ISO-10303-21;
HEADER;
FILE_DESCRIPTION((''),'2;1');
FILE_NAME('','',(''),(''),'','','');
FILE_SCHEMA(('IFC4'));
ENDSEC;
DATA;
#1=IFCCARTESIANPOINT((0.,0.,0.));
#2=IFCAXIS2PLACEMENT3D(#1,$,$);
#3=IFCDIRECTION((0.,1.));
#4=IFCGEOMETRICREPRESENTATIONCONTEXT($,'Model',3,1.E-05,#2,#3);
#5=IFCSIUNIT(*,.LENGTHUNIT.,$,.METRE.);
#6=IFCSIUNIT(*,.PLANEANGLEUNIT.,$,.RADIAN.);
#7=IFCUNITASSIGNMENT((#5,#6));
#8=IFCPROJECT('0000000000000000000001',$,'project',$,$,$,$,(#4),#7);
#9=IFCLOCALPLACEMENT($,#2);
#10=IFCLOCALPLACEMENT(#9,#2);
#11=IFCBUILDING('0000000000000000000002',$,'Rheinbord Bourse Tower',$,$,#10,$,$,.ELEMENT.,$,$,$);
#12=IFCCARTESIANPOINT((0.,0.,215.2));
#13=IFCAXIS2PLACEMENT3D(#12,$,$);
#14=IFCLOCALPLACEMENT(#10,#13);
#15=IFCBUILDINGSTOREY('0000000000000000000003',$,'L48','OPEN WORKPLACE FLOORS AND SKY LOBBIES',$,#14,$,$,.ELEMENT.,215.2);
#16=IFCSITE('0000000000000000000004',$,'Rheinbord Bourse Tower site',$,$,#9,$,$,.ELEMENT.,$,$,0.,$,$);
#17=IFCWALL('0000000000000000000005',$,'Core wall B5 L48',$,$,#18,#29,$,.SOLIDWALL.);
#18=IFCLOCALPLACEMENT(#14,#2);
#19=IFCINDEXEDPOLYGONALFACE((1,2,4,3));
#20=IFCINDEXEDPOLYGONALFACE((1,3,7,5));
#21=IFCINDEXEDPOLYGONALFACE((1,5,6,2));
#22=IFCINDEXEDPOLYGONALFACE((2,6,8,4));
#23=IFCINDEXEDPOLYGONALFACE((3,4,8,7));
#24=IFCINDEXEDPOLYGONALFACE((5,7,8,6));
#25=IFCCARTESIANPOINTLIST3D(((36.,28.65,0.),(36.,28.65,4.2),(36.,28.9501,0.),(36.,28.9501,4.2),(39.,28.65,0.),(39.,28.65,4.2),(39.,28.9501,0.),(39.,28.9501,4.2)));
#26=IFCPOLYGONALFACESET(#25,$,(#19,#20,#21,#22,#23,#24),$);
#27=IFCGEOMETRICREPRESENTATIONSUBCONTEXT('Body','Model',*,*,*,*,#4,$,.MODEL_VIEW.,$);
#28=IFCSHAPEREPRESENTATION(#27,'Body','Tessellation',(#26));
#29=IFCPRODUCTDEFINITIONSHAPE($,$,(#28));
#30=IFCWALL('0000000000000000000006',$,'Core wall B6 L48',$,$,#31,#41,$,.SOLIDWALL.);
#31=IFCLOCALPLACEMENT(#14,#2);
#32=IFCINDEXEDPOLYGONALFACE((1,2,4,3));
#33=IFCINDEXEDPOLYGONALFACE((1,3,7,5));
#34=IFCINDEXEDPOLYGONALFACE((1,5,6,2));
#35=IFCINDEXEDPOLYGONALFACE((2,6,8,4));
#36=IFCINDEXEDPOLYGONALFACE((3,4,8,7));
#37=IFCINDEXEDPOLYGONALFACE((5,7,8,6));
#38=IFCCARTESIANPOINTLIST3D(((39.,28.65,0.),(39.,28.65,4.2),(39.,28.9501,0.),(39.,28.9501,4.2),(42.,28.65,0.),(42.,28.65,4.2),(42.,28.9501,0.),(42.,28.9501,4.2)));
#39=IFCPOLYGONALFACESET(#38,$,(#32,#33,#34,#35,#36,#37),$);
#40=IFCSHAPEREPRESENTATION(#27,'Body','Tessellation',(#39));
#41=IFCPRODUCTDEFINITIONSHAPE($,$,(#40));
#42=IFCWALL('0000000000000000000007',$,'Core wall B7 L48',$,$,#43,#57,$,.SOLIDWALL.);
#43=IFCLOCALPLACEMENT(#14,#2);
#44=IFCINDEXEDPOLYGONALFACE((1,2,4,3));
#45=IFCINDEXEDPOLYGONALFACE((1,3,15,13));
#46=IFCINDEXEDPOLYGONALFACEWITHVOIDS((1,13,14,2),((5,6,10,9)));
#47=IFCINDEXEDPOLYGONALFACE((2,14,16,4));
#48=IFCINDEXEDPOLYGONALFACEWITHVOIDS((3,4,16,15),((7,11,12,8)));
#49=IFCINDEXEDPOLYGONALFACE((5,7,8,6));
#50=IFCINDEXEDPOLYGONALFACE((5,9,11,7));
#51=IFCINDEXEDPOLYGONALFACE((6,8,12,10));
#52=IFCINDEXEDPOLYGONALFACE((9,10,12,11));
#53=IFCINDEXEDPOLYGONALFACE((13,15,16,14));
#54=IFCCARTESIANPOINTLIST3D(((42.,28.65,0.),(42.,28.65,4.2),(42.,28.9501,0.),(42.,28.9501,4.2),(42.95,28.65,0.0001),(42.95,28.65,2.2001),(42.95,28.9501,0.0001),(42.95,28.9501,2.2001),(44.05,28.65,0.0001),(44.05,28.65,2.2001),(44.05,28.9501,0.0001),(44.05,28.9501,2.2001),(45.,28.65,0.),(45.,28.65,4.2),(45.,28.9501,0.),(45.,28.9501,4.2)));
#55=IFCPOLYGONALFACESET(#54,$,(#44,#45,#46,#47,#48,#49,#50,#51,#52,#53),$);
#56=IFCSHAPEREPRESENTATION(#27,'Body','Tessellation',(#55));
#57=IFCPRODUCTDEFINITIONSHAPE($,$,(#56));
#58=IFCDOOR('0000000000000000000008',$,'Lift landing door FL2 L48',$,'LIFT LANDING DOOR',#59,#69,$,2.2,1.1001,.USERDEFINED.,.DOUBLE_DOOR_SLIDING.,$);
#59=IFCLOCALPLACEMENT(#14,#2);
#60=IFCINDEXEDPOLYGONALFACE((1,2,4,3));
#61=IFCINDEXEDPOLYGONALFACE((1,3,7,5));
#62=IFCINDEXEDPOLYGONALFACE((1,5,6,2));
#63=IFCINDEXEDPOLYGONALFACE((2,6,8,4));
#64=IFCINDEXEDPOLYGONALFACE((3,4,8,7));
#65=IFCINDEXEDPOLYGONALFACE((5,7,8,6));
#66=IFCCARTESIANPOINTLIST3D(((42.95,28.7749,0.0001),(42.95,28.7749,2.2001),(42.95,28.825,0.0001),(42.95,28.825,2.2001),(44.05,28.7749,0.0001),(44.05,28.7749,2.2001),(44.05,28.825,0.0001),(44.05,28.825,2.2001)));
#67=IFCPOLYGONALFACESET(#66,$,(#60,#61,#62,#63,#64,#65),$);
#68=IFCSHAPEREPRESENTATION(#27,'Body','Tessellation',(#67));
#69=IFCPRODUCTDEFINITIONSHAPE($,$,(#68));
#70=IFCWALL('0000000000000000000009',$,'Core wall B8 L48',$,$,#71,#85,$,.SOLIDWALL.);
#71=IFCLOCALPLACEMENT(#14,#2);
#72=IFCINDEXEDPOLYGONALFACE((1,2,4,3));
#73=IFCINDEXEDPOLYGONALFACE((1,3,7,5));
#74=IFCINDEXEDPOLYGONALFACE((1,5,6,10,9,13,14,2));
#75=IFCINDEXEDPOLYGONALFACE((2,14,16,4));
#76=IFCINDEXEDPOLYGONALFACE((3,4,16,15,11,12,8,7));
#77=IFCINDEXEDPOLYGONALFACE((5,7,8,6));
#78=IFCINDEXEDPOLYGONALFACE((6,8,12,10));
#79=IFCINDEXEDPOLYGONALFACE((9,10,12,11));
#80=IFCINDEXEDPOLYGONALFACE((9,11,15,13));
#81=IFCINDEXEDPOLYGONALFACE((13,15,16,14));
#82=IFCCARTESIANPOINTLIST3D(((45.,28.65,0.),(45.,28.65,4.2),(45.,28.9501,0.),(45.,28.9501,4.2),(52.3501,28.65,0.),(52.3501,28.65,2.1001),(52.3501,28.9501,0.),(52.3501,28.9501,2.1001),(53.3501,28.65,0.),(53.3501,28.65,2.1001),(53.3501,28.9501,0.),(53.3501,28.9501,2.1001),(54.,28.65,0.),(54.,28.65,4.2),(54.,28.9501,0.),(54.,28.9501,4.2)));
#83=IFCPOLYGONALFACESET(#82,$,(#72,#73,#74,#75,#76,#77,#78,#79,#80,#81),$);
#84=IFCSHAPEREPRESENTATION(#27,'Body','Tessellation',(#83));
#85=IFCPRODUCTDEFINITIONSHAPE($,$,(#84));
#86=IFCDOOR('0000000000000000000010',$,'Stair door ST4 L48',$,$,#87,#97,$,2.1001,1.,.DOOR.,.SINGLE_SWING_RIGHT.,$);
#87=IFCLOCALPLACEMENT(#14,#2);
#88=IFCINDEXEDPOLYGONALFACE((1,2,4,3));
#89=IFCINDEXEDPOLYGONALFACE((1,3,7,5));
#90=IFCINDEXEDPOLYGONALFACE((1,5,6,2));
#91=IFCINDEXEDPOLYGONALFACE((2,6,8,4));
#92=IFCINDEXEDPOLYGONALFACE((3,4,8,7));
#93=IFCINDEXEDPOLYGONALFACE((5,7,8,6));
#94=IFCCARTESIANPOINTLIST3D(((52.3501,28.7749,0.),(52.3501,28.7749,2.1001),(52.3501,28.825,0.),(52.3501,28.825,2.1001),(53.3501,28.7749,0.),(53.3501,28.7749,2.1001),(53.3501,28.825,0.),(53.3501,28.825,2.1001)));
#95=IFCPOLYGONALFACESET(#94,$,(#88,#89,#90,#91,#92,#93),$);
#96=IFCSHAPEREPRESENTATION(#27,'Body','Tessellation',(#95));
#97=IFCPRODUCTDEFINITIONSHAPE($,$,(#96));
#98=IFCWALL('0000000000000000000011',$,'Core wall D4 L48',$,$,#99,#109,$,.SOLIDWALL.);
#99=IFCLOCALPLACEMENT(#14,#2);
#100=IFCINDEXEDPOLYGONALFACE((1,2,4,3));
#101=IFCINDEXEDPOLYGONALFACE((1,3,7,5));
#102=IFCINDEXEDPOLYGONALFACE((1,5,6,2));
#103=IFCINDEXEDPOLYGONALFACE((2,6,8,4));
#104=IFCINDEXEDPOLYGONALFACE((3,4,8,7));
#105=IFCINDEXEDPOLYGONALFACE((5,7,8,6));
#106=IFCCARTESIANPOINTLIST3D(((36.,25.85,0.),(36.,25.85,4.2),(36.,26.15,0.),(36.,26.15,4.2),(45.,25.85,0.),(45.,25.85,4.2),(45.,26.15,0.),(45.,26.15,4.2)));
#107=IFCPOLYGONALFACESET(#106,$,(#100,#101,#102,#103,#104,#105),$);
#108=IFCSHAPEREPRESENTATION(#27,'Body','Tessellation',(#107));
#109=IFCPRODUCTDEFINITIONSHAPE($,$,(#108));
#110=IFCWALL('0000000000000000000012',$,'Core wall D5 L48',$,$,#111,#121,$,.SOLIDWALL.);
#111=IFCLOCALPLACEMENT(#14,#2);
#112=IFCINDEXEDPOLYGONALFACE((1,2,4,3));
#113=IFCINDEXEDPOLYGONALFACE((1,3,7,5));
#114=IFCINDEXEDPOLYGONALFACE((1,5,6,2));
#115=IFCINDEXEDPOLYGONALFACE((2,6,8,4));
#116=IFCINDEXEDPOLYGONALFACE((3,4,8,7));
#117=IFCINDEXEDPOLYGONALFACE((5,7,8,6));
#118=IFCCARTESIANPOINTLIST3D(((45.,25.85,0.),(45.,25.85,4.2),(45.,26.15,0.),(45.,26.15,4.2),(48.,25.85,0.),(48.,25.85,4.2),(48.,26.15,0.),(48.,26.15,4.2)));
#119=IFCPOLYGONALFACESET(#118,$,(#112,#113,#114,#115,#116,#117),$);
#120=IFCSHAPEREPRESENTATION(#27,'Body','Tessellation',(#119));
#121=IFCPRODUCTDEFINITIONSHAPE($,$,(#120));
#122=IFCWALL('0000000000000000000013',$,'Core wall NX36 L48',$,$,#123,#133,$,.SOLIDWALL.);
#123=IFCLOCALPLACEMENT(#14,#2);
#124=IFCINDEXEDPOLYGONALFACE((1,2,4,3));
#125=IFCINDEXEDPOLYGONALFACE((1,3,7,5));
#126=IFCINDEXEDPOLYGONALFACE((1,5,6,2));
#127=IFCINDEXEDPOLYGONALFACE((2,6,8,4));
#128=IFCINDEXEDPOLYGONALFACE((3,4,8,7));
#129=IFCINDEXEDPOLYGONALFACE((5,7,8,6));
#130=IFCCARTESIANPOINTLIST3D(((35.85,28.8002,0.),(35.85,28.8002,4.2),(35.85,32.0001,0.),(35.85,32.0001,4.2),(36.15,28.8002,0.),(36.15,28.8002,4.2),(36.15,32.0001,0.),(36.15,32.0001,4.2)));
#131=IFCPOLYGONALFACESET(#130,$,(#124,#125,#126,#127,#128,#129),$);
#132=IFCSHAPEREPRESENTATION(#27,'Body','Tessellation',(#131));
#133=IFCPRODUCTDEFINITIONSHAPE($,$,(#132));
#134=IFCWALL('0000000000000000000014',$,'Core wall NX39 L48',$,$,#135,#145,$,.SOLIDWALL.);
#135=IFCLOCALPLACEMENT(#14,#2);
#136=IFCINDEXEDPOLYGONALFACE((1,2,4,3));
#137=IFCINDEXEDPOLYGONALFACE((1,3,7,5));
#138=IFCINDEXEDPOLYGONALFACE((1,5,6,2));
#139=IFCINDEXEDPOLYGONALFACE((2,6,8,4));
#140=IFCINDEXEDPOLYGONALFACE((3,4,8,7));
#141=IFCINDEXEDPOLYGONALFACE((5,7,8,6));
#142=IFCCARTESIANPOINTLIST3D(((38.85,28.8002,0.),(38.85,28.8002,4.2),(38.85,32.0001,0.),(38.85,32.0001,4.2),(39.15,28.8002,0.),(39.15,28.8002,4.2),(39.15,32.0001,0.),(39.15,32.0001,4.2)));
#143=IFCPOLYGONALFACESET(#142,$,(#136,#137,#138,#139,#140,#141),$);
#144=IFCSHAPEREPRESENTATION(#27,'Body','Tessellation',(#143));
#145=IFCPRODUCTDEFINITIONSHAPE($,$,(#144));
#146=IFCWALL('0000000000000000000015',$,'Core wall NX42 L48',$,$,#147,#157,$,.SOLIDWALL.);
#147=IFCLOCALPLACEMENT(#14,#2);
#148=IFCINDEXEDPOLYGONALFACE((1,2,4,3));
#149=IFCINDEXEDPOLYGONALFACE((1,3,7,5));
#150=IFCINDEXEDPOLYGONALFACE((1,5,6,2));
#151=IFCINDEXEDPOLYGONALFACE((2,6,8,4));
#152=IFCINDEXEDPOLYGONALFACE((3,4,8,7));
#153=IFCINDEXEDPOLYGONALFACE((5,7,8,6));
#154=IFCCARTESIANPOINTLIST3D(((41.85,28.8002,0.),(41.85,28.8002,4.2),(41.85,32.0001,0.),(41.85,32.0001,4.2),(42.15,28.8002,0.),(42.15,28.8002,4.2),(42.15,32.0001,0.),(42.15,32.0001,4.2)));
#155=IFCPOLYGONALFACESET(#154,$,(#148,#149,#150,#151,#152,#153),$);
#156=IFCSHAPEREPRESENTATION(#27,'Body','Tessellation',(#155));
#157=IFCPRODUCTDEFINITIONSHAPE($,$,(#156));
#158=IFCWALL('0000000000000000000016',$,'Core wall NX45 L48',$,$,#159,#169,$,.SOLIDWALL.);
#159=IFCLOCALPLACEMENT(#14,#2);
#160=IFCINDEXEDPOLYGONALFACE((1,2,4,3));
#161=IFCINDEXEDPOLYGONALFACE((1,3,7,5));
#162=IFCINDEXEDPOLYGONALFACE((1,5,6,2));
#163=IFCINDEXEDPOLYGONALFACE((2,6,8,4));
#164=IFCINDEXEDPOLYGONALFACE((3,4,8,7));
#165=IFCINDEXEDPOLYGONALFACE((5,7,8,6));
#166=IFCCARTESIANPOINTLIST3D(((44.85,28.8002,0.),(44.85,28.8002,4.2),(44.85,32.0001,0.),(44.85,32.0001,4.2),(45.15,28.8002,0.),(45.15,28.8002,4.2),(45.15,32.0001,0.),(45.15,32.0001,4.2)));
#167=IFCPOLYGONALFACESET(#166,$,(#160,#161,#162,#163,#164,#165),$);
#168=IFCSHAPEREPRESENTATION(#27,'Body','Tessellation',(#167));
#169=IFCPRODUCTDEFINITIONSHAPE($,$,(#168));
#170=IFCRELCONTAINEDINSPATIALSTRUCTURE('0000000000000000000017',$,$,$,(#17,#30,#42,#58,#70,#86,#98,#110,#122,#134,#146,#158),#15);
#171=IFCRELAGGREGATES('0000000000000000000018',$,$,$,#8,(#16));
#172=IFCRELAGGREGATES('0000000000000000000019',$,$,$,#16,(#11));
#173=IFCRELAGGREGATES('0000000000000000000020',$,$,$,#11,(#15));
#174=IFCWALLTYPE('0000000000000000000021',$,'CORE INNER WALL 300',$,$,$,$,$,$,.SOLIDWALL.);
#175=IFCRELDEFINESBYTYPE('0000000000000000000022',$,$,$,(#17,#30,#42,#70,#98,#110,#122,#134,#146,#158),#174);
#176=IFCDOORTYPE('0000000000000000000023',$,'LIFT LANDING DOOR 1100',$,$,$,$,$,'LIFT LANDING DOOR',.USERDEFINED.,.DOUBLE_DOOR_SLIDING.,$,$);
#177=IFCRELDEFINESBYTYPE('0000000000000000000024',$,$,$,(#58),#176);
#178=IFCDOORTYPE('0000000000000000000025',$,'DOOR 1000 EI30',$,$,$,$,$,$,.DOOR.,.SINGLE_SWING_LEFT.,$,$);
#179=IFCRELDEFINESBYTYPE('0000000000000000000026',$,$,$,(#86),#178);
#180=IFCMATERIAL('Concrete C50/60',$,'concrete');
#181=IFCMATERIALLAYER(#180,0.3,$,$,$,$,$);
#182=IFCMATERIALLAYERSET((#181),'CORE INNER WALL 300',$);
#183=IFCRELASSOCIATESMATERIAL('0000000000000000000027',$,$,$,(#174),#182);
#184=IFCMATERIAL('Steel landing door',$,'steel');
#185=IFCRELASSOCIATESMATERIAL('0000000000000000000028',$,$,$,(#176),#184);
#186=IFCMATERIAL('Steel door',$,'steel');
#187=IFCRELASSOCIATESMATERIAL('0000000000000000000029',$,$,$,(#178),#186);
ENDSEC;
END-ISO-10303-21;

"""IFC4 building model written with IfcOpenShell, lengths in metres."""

from ifc_helpers import new_model, si_unit, direction, frame, frame_2d, origin, place, context, subcontext, project, spatial, rectangle, extrude, material, layer, layer_set, type_object, element, fill, save


model = new_model("IFC4")

# Units and contexts
model_context = context("Model", 3, precision=1e-05, world=origin(), true_north=direction((0.0, 1.0)))
body_context = subcontext(model_context, "Body", "Model", "MODEL_VIEW")
ifc_project = project(units=[si_unit("LENGTHUNIT", "METRE"), si_unit("PLANEANGLEUNIT", "RADIAN")], contexts=[model_context])

# Site, building, storey
site_placement = place(None, origin())
site = spatial("IfcSite", under=ifc_project, at=site_placement, Name="Rheinbord Bourse Tower site", CompositionType="ELEMENT", RefElevation=0.0)
building_placement = place(site_placement, origin())
building = spatial("IfcBuilding", under=site, at=building_placement, Name="Rheinbord Bourse Tower", CompositionType="ELEMENT")
storey_placement = place(building_placement, frame((0.0, 0.0, 215.2)))
storey = spatial("IfcBuildingStorey", under=building, at=storey_placement, Name="L48", Description="OPEN WORKPLACE FLOORS AND SKY LOBBIES", CompositionType="ELEMENT", Elevation=215.2)

# Walls
ifc_material_1 = material(Name="Concrete C50/60", Category="concrete")
ifc_layer_1 = layer(ifc_material_1, 0.3)
ifc_layer_set_1 = layer_set([ifc_layer_1], Name="CORE INNER WALL 300")
wall_type_1 = type_object("IfcWallType", Name="CORE INNER WALL 300", PredefinedType="SOLIDWALL", material=ifc_layer_set_1)
for number, where, z_axis, x_axis, name in (
    (1, (36.0, 28.8, 0.0), (0.0, 0.0, 1.0), (1.0, 0.0, 0.0), "Core wall B5 L48"),
    (2, (39.0, 28.8, 0.0), (0.0, 0.0, 1.0), (1.0, 0.0, 0.0), "Core wall B6 L48"),
):
    element("IfcWall", number, at=place(storey_placement, frame(where, z_axis=z_axis, x_axis=x_axis)), inside=storey, type_object=wall_type_1, Name=name, PredefinedType="SOLIDWALL", context=body_context, shape_type="SweptSolid", body=[
        extrude(rectangle(XDim=3.0, YDim=0.3, at=frame_2d((1.5, 0.0))), origin(), (0.0, 0.0, 1.0), 4.2),
    ])

# Walls, openings, doors
wall_1_placement = place(storey_placement, frame((42.0, 28.8, 0.0), z_axis=(0.0, 0.0, 1.0), x_axis=(1.0, 0.0, 0.0)))
wall_1 = element("IfcWall", 3, at=wall_1_placement, inside=storey, type_object=wall_type_1, Name="Core wall B7 L48", PredefinedType="SOLIDWALL", context=body_context, shape_type="SweptSolid", body=[
    extrude(rectangle(XDim=3.0, YDim=0.3, at=frame_2d((1.5, 0.0))), origin(), (0.0, 0.0, 1.0), 4.2),
])
opening_1_placement = place(wall_1_placement, frame((0.95, 0.0, 0.0)))
opening_1 = element("IfcOpeningElement", 4, at=opening_1_placement, cuts=wall_1, PredefinedType="OPENING", context=body_context, shape_type="SweptSolid", body=[
    extrude(rectangle(XDim=1.1001, YDim=2.2, at=frame_2d((0.55, 1.1001))), frame((0.0, 0.1599, 0.0), z_axis=(0.0, -1.0, 0.0), x_axis=(1.0, 0.0, 0.0)), (0.0, 0.0, 1.0), 0.3201),
])
ifc_material_2 = material(Name="Steel landing door", Category="steel")
door_type_1 = type_object("IfcDoorType", Name="LIFT LANDING DOOR 1100", ElementType="LIFT LANDING DOOR", OperationType="DOUBLE_DOOR_SLIDING", PredefinedType="USERDEFINED", material=ifc_material_2)
door_1_placement = place(opening_1_placement, origin())
door_1 = element("IfcDoor", 5, at=door_1_placement, inside=storey, type_object=door_type_1, Name="Lift landing door FL2 L48", ObjectType="LIFT LANDING DOOR", OperationType="DOUBLE_DOOR_SLIDING", OverallHeight=2.2, OverallWidth=1.1001, PredefinedType="USERDEFINED", context=body_context, shape_type="SweptSolid", body=[
    extrude(rectangle(XDim=1.1001, YDim=2.2, at=frame_2d((0.55, 1.1001))), frame((0.0, 0.0249, 0.0), z_axis=(0.0, -1.0, 0.0), x_axis=(1.0, 0.0, 0.0)), (0.0, 0.0, 1.0), 0.05),
])
fill(opening_1, door_1)
wall_2_placement = place(storey_placement, frame((45.0, 28.8, 0.0), z_axis=(0.0, 0.0, 1.0), x_axis=(1.0, 0.0, 0.0)))
wall_2 = element("IfcWall", 6, at=wall_2_placement, inside=storey, type_object=wall_type_1, Name="Core wall B8 L48", PredefinedType="SOLIDWALL", context=body_context, shape_type="SweptSolid", body=[
    extrude(rectangle(XDim=9.0, YDim=0.3, at=frame_2d((4.5, 0.0))), origin(), (0.0, 0.0, 1.0), 4.2),
])
opening_2_placement = place(wall_2_placement, frame((7.3501, 0.0, 0.0)))
opening_2 = element("IfcOpeningElement", 7, at=opening_2_placement, cuts=wall_2, PredefinedType="OPENING", context=body_context, shape_type="SweptSolid", body=[
    extrude(rectangle(XDim=1.0, YDim=2.1001, at=frame_2d((0.5, 1.05))), frame((0.0, 0.1599, 0.0), z_axis=(0.0, -1.0, 0.0), x_axis=(1.0, 0.0, 0.0)), (0.0, 0.0, 1.0), 0.3201),
])
ifc_material_3 = material(Name="Steel door", Category="steel")
door_type_2 = type_object("IfcDoorType", Name="DOOR 1000 EI30", OperationType="SINGLE_SWING_LEFT", PredefinedType="DOOR", material=ifc_material_3)
door_2_placement = place(opening_2_placement, origin())
door_2 = element("IfcDoor", 8, at=door_2_placement, inside=storey, type_object=door_type_2, Name="Stair door ST4 L48", OperationType="SINGLE_SWING_RIGHT", OverallHeight=2.1001, OverallWidth=1.0, PredefinedType="DOOR", context=body_context, shape_type="SweptSolid", body=[
    extrude(rectangle(XDim=1.0, YDim=2.1001, at=frame_2d((0.5, 1.05))), frame((0.0, 0.0249, 0.0), z_axis=(0.0, -1.0, 0.0), x_axis=(1.0, 0.0, 0.0)), (0.0, 0.0, 1.0), 0.05),
])
fill(opening_2, door_2)

# Walls
wall_3_placement = place(storey_placement, frame((36.0, 26.0, 0.0), z_axis=(0.0, 0.0, 1.0), x_axis=(1.0, 0.0, 0.0)))
element("IfcWall", 9, at=wall_3_placement, inside=storey, type_object=wall_type_1, Name="Core wall D4 L48", PredefinedType="SOLIDWALL", context=body_context, shape_type="SweptSolid", body=[
    extrude(rectangle(XDim=9.0, YDim=0.3, at=frame_2d((4.5, 0.0))), origin(), (0.0, 0.0, 1.0), 4.2),
])
wall_4_placement = place(storey_placement, frame((45.0, 26.0, 0.0), z_axis=(0.0, 0.0, 1.0), x_axis=(1.0, 0.0, 0.0)))
element("IfcWall", 10, at=wall_4_placement, inside=storey, type_object=wall_type_1, Name="Core wall D5 L48", PredefinedType="SOLIDWALL", context=body_context, shape_type="SweptSolid", body=[
    extrude(rectangle(XDim=3.0, YDim=0.3, at=frame_2d((1.5, 0.0))), origin(), (0.0, 0.0, 1.0), 4.2),
])
for number, where, z_axis, x_axis, name in (
    (11, (36.0, 28.8, 0.0), (0.0, 0.0, 1.0), (0.0, 1.0, 0.0), "Core wall NX36 L48"),
    (12, (39.0, 28.8, 0.0), (0.0, 0.0, 1.0), (0.0, 1.0, 0.0), "Core wall NX39 L48"),
    (13, (42.0, 28.8, 0.0), (0.0, 0.0, 1.0), (0.0, 1.0, 0.0), "Core wall NX42 L48"),
    (14, (45.0, 28.8, 0.0), (0.0, 0.0, 1.0), (0.0, 1.0, 0.0), "Core wall NX45 L48"),
):
    element("IfcWall", number, at=place(storey_placement, frame(where, z_axis=z_axis, x_axis=x_axis)), inside=storey, type_object=wall_type_1, Name=name, PredefinedType="SOLIDWALL", context=body_context, shape_type="SweptSolid", body=[
        extrude(rectangle(XDim=3.2, YDim=0.3, at=frame_2d((1.6001, 0.0))), origin(), (0.0, 0.0, 1.0), 4.2),
    ])

save(model, "model.ifc")
